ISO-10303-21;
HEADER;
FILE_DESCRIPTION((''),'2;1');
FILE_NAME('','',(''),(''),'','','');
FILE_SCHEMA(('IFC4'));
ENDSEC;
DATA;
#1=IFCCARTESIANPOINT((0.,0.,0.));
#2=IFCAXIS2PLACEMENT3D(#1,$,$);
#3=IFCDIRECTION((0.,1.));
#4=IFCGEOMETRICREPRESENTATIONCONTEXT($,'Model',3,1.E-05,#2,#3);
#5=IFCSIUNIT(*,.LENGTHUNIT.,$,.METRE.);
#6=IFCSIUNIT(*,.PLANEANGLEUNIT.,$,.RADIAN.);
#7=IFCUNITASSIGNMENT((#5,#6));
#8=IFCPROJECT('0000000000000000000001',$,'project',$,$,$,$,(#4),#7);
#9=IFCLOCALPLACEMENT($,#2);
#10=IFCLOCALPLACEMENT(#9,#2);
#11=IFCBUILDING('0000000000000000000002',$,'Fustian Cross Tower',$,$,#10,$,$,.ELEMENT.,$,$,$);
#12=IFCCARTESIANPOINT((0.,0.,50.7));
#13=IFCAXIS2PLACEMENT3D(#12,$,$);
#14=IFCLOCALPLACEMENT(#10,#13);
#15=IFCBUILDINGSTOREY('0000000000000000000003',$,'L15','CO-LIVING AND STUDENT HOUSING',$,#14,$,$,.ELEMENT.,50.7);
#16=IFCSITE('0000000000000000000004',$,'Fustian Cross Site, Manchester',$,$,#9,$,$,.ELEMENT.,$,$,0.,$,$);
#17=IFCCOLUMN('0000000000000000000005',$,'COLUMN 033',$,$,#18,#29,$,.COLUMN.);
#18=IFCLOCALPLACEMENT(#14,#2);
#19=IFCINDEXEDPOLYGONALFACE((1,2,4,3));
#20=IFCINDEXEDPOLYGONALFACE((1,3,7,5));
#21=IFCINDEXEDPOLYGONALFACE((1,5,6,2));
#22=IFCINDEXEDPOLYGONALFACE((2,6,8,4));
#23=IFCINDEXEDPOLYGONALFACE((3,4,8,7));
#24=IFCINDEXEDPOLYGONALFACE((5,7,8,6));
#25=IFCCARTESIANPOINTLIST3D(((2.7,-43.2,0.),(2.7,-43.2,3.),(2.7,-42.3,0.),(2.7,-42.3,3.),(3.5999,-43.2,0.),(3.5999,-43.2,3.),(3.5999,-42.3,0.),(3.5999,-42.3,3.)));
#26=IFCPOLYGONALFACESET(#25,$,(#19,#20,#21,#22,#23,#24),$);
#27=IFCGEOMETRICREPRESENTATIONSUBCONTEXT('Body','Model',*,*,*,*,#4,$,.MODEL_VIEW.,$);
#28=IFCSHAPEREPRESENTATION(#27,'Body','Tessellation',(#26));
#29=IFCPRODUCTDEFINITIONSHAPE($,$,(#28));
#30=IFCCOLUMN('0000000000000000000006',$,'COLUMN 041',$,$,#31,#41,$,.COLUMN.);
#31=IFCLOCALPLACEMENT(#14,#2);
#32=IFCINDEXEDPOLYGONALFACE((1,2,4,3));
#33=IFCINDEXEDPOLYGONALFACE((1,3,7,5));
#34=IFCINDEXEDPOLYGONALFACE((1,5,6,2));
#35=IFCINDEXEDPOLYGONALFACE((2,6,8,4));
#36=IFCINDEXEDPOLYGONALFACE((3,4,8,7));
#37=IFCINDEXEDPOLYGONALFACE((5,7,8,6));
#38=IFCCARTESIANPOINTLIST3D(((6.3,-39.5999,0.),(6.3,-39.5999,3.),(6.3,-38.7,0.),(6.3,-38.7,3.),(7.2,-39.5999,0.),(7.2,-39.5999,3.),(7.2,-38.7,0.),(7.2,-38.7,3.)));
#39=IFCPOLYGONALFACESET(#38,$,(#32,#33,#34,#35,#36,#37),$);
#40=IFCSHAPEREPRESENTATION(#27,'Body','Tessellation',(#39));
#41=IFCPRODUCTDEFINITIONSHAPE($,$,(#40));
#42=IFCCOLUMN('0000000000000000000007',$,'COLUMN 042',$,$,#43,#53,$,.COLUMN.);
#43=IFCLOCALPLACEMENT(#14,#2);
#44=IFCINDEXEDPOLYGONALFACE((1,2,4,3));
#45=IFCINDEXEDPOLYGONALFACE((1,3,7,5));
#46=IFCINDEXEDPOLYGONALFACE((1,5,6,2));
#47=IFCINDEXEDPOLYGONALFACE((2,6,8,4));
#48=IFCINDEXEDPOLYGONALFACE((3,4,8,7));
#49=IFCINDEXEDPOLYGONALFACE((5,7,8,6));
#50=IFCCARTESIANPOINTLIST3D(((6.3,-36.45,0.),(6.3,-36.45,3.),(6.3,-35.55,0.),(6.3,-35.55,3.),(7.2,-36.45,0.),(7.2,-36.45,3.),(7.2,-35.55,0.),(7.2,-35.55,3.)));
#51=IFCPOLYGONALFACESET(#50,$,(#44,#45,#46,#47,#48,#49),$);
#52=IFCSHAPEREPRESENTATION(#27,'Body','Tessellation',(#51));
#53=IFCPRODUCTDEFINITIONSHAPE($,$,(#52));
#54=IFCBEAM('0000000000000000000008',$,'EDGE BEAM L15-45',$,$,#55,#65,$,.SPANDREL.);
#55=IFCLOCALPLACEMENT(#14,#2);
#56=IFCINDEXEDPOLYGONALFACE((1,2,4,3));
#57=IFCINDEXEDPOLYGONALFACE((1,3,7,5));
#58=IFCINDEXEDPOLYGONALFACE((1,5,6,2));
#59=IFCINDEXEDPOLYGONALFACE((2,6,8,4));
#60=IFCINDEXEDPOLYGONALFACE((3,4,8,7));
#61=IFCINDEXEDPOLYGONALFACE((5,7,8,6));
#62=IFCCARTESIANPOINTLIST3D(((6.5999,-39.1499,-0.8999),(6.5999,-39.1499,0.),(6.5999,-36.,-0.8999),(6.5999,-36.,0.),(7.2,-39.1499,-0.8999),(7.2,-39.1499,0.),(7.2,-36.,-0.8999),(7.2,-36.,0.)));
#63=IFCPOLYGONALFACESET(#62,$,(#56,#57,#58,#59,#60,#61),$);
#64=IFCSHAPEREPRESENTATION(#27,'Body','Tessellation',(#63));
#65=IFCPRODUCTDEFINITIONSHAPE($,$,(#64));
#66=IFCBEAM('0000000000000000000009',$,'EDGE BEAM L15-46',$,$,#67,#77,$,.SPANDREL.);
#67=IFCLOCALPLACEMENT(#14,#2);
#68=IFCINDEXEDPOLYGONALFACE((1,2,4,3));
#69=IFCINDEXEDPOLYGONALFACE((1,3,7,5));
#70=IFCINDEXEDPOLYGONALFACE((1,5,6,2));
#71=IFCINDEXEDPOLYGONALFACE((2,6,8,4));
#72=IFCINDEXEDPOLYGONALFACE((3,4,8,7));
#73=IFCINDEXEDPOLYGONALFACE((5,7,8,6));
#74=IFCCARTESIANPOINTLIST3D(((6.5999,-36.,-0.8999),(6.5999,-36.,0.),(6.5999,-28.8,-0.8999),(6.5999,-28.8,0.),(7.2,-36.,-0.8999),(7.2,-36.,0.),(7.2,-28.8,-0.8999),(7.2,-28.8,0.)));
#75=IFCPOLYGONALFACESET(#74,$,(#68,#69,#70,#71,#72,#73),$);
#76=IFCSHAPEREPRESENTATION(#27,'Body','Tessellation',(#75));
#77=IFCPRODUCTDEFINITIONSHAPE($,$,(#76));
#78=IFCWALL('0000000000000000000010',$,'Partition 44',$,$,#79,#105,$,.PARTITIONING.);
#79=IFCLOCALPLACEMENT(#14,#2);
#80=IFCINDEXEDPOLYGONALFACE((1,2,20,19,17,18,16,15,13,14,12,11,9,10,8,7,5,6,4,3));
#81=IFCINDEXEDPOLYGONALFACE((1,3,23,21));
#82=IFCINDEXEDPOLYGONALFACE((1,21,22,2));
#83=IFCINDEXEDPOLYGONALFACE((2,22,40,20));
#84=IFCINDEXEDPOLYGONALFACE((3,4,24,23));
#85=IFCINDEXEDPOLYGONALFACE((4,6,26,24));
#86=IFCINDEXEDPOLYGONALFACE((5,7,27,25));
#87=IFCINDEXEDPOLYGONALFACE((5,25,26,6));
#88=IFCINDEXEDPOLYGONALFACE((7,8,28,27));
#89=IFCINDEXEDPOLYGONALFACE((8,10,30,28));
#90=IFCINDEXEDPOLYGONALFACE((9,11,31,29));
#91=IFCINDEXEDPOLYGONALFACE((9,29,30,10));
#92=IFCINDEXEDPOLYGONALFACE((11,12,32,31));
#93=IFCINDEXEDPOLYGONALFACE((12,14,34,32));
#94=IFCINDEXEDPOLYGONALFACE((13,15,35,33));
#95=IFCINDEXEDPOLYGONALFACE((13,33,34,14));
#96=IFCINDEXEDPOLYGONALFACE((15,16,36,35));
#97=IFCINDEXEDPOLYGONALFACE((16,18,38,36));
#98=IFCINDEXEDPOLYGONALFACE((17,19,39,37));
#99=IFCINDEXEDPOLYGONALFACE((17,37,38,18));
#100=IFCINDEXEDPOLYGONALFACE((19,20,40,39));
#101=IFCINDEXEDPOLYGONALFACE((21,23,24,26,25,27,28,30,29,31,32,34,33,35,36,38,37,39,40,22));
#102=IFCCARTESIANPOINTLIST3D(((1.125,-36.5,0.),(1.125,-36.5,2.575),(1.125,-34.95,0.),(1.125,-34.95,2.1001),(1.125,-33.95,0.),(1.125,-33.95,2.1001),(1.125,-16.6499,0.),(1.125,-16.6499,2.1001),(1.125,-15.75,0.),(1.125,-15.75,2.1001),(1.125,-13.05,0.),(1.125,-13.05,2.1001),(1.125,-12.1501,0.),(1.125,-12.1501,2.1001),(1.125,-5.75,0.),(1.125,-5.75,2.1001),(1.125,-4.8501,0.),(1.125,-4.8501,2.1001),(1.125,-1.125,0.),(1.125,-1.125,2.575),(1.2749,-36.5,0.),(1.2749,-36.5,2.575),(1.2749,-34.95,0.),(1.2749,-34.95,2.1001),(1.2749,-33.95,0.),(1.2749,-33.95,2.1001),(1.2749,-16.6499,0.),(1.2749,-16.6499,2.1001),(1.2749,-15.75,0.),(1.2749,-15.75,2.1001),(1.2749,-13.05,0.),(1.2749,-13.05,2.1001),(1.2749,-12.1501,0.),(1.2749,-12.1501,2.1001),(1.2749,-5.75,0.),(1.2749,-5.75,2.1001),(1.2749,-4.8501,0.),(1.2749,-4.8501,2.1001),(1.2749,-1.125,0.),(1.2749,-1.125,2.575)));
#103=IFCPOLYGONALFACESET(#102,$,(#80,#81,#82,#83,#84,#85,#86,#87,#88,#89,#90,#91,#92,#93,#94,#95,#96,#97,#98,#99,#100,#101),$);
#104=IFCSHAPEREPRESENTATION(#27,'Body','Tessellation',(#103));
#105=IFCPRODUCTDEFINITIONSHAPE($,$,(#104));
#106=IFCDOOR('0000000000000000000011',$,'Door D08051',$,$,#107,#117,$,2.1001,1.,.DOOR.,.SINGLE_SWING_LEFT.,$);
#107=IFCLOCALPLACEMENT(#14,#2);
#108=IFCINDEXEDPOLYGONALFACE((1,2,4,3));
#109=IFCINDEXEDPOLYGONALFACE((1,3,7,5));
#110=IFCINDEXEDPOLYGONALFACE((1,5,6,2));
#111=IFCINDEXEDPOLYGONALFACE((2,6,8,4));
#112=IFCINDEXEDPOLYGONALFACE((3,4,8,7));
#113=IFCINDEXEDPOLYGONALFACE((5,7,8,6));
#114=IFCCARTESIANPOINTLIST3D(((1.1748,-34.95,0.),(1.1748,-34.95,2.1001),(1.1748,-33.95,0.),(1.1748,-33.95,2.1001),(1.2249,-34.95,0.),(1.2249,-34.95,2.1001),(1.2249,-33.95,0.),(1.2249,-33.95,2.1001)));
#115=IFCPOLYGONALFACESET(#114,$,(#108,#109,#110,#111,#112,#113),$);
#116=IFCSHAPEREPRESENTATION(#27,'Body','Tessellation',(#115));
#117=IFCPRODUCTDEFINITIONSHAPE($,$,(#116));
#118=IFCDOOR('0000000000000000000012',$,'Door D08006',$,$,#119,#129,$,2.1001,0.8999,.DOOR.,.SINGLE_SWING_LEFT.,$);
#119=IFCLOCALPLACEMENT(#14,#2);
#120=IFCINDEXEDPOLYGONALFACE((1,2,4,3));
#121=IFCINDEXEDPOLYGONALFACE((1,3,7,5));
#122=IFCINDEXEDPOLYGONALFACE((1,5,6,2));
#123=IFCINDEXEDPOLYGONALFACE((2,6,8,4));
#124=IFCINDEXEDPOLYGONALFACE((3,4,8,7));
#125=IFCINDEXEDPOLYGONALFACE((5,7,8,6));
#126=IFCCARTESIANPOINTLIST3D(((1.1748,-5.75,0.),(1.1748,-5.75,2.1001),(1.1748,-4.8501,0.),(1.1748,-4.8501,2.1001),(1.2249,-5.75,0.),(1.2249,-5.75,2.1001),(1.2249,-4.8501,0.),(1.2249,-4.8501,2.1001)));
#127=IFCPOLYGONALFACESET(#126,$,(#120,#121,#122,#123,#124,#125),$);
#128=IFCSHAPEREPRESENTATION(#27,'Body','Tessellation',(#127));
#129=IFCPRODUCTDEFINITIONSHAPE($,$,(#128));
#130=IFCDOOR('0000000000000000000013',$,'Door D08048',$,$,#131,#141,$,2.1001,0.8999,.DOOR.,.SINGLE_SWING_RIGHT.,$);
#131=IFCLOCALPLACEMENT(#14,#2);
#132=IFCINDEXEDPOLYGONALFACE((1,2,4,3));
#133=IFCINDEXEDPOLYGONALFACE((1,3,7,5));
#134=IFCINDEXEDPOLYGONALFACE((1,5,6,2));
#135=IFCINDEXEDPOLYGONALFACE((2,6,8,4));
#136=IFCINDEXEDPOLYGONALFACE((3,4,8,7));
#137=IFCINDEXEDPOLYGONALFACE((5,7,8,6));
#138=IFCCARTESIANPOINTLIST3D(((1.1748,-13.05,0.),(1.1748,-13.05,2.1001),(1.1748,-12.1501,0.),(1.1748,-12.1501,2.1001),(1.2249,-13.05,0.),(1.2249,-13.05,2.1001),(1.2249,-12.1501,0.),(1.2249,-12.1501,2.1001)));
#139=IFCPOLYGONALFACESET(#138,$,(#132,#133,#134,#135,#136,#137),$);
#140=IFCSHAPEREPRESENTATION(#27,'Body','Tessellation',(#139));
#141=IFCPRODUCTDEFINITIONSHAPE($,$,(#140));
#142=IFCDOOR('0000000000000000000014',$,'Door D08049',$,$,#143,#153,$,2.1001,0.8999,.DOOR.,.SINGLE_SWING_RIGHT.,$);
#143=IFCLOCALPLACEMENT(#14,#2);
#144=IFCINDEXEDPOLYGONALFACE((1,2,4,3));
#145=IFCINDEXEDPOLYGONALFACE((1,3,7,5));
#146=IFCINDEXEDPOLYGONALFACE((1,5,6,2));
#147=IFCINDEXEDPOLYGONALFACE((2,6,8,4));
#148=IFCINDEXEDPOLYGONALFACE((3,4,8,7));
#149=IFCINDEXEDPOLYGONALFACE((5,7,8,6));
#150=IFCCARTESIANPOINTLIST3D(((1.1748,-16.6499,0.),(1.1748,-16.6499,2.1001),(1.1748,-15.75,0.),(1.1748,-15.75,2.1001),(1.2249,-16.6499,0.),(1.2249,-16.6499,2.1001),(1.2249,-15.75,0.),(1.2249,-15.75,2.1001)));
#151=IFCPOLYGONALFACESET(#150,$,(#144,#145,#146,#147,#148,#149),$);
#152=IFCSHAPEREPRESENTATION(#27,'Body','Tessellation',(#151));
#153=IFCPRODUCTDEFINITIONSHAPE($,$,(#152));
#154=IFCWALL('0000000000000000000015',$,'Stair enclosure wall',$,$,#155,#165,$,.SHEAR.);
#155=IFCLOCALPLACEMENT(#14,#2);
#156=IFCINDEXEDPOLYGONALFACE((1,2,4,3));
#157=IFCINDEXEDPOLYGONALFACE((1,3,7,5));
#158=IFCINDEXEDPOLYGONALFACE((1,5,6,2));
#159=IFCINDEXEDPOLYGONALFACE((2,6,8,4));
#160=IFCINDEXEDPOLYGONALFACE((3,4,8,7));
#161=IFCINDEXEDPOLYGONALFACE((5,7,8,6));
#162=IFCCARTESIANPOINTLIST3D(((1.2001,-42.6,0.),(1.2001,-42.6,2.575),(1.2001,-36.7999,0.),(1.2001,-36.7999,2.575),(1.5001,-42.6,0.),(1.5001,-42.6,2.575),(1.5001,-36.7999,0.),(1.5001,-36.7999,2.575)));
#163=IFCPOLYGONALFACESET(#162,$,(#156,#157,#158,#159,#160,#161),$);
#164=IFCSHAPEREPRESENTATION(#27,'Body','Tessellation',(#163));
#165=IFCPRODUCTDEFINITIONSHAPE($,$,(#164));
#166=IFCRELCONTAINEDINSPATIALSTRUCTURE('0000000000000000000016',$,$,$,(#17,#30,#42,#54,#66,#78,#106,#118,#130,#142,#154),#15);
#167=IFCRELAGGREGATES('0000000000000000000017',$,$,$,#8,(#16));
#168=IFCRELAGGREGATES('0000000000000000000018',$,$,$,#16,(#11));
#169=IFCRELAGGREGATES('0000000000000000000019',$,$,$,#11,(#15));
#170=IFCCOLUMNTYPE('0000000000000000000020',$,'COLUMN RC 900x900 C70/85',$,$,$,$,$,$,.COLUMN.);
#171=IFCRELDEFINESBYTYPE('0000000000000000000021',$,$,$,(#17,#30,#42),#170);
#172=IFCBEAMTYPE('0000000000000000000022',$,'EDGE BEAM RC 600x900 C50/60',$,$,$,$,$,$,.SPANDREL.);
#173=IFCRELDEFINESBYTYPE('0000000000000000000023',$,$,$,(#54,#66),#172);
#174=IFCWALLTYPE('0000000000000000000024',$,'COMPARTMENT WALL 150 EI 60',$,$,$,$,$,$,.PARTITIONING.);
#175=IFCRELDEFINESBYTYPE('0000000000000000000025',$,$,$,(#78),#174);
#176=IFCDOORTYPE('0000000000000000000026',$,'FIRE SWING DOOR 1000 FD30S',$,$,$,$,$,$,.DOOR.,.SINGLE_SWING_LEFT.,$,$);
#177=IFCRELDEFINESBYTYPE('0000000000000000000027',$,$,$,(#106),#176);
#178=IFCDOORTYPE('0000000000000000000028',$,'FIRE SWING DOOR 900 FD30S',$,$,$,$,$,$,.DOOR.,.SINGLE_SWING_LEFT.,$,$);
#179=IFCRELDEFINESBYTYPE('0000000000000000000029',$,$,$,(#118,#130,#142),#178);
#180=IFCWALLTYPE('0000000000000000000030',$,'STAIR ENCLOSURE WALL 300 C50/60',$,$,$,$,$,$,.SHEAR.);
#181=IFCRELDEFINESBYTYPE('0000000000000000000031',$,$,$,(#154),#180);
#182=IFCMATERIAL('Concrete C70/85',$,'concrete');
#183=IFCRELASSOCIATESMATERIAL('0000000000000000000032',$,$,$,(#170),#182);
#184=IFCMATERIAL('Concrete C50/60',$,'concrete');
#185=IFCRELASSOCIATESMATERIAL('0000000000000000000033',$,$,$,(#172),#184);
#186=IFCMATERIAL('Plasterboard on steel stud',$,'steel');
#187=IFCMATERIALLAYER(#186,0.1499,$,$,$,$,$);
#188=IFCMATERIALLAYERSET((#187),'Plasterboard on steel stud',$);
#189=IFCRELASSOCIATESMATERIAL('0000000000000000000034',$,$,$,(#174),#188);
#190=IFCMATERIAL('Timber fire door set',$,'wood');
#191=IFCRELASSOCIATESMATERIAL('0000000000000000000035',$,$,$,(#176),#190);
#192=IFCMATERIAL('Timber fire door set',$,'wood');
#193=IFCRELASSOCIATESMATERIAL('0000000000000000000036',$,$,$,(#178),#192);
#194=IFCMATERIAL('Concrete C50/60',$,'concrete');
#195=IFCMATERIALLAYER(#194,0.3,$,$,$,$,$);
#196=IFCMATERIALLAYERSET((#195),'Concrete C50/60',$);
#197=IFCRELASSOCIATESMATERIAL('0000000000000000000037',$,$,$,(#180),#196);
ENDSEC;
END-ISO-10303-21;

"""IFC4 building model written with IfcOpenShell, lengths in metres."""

from ifc_helpers import new_model, si_unit, direction, frame, frame_2d, origin, origin_2d, place, context, subcontext, project, spatial, rectangle, extrude, material, layer, layer_set, material_profile, profile_set, type_object, element, fill, save


model = new_model("IFC4")

# Units and contexts
model_context = context("Model", 3, precision=1e-05, world=origin(), true_north=direction((0.0, 1.0)))
body_context = subcontext(model_context, "Body", "Model", "MODEL_VIEW")
ifc_project = project(units=[si_unit("LENGTHUNIT", "METRE"), si_unit("PLANEANGLEUNIT", "RADIAN")], contexts=[model_context])

# Site, building, storey
site_placement = place(None, origin())
site = spatial("IfcSite", under=ifc_project, at=site_placement, Name="Fustian Cross Site, Manchester", CompositionType="ELEMENT", RefElevation=0.0)
building_placement = place(site_placement, origin())
building = spatial("IfcBuilding", under=site, at=building_placement, Name="Fustian Cross Tower", CompositionType="ELEMENT")
storey_placement = place(building_placement, frame((0.0, 0.0, 50.7)))
storey = spatial("IfcBuildingStorey", under=building, at=storey_placement, Name="L15", Description="CO-LIVING AND STUDENT HOUSING", CompositionType="ELEMENT", Elevation=50.7)

# Columns
ifc_material_1 = material(Name="Concrete C70/85", Category="concrete")
ifc_material_profile_1 = material_profile(ifc_material_1, rectangle(XDim=0.8999, YDim=0.8999, at=origin_2d()), Name="RC 900x900")
ifc_profile_set_1 = profile_set([ifc_material_profile_1], Name="Concrete C70/85")
column_type = type_object("IfcColumnType", Name="COLUMN RC 900x900 C70/85", PredefinedType="COLUMN", material=ifc_profile_set_1)
for number, where, z_axis, x_axis, name in (
    (1, (3.1499, -42.75, 0.0), (0.0, 0.0, 1.0), (1.0, 0.0, 0.0), "COLUMN 033"),
    (2, (6.75, -39.1499, 0.0), (0.0, 0.0, 1.0), (1.0, 0.0, 0.0), "COLUMN 041"),
    (3, (6.75, -36.0, 0.0), (0.0, 0.0, 1.0), (1.0, 0.0, 0.0), "COLUMN 042"),
):
    element("IfcColumn", number, at=place(storey_placement, frame(where, z_axis=z_axis, x_axis=x_axis)), inside=storey, type_object=column_type, Name=name, PredefinedType="COLUMN", context=body_context, shape_type="SweptSolid", body=[
        extrude(rectangle(XDim=0.8999, YDim=0.8999, at=origin_2d()), origin(), (0.0, 0.0, 1.0), 3.0),
    ])

# Beams
ifc_material_2 = material(Name="Concrete C50/60", Category="concrete")
ifc_material_profile_2 = material_profile(ifc_material_2, rectangle(XDim=0.6001, YDim=0.8999, at=origin_2d()), Name="RC 600x900")
ifc_profile_set_2 = profile_set([ifc_material_profile_2], Name="Concrete C50/60")
beam_type = type_object("IfcBeamType", Name="EDGE BEAM RC 600x900 C50/60", PredefinedType="SPANDREL", material=ifc_profile_set_2)
beam_1_placement = place(storey_placement, frame((6.8999, -39.1499, -0.45), z_axis=(0.0, 1.0, 0.0), x_axis=(-1.0, 0.0, 0.0)))
element("IfcBeam", 4, at=beam_1_placement, inside=storey, type_object=beam_type, Name="EDGE BEAM L15-45", PredefinedType="SPANDREL", context=body_context, shape_type="SweptSolid", body=[
    extrude(rectangle(XDim=0.6001, YDim=0.8999, at=origin_2d()), origin(), (0.0, 0.0, 1.0), 3.1499),
])
beam_2_placement = place(storey_placement, frame((6.8999, -36.0, -0.45), z_axis=(0.0, 1.0, 0.0), x_axis=(-1.0, 0.0, 0.0)))
element("IfcBeam", 5, at=beam_2_placement, inside=storey, type_object=beam_type, Name="EDGE BEAM L15-46", PredefinedType="SPANDREL", context=body_context, shape_type="SweptSolid", body=[
    extrude(rectangle(XDim=0.6001, YDim=0.8999, at=origin_2d()), origin(), (0.0, 0.0, 1.0), 7.2),
])

# Wall, openings, doors
ifc_material_3 = material(Name="Plasterboard on steel stud", Category="steel")
ifc_layer_1 = layer(ifc_material_3, 0.1499)
ifc_layer_set_1 = layer_set([ifc_layer_1], Name="Plasterboard on steel stud")
wall_type_1 = type_object("IfcWallType", Name="COMPARTMENT WALL 150 EI 60", PredefinedType="PARTITIONING", material=ifc_layer_set_1)
wall_1_placement = place(storey_placement, frame((1.2, -36.5, 0.0), z_axis=(0.0, 0.0, 1.0), x_axis=(0.0, 1.0, 0.0)))
wall_1 = element("IfcWall", 6, at=wall_1_placement, inside=storey, type_object=wall_type_1, Name="Partition 44", PredefinedType="PARTITIONING", context=body_context, shape_type="SweptSolid", body=[
    extrude(rectangle(XDim=35.375, YDim=0.1499, at=frame_2d((17.6875, 0.0))), origin(), (0.0, 0.0, 1.0), 2.575),
])
opening_1_placement = place(wall_1_placement, frame((30.75, 0.0, 0.0)))
opening_1 = element("IfcOpeningElement", 7, at=opening_1_placement, cuts=wall_1, PredefinedType="OPENING", context=body_context, shape_type="SweptSolid", body=[
    extrude(rectangle(XDim=0.8999, YDim=2.1001, at=frame_2d((0.45, 1.05))), frame((0.0, 0.085, 0.0), z_axis=(0.0, -1.0, 0.0), x_axis=(1.0, 0.0, 0.0)), (0.0, 0.0, 1.0), 0.1699),
])
opening_2_placement = place(wall_1_placement, frame((23.45, 0.0, 0.0)))
opening_2 = element("IfcOpeningElement", 8, at=opening_2_placement, cuts=wall_1, PredefinedType="OPENING", context=body_context, shape_type="SweptSolid", body=[
    extrude(rectangle(XDim=0.8999, YDim=2.1001, at=frame_2d((0.45, 1.05))), frame((0.0, 0.085, 0.0), z_axis=(0.0, -1.0, 0.0), x_axis=(1.0, 0.0, 0.0)), (0.0, 0.0, 1.0), 0.1699),
])
opening_3_placement = place(wall_1_placement, frame((19.8501, 0.0, 0.0)))
opening_3 = element("IfcOpeningElement", 9, at=opening_3_placement, cuts=wall_1, PredefinedType="OPENING", context=body_context, shape_type="SweptSolid", body=[
    extrude(rectangle(XDim=0.8999, YDim=2.1001, at=frame_2d((0.45, 1.05))), frame((0.0, 0.085, 0.0), z_axis=(0.0, -1.0, 0.0), x_axis=(1.0, 0.0, 0.0)), (0.0, 0.0, 1.0), 0.1699),
])
opening_4_placement = place(wall_1_placement, frame((1.55, 0.0, 0.0)))
opening_4 = element("IfcOpeningElement", 10, at=opening_4_placement, cuts=wall_1, PredefinedType="OPENING", context=body_context, shape_type="SweptSolid", body=[
    extrude(rectangle(XDim=1.0, YDim=2.1001, at=frame_2d((0.5, 1.05))), frame((0.0, 0.085, 0.0), z_axis=(0.0, -1.0, 0.0), x_axis=(1.0, 0.0, 0.0)), (0.0, 0.0, 1.0), 0.1699),
])
ifc_material_4 = material(Name="Timber fire door set", Category="wood")
door_type_1 = type_object("IfcDoorType", Name="FIRE SWING DOOR 1000 FD30S", OperationType="SINGLE_SWING_LEFT", PredefinedType="DOOR", material=ifc_material_4)
door_1_placement = place(opening_4_placement, frame((1.0, 0.0, 0.0), z_axis=(0.0, 0.0, 1.0), x_axis=(-1.0, 0.0, 0.0)))
door_1 = element("IfcDoor", 11, at=door_1_placement, inside=storey, type_object=door_type_1, Name="Door D08051", OperationType="SINGLE_SWING_LEFT", OverallHeight=2.1001, OverallWidth=1.0, PredefinedType="DOOR", context=body_context, shape_type="SweptSolid", body=[
    extrude(rectangle(XDim=1.0, YDim=2.1001, at=frame_2d((0.5, 1.05))), frame((0.0, 0.0249, 0.0), z_axis=(0.0, -1.0, 0.0), x_axis=(1.0, 0.0, 0.0)), (0.0, 0.0, 1.0), 0.05),
])
fill(opening_4, door_1)
ifc_material_5 = material(Name="Timber fire door set", Category="wood")
door_type_2 = type_object("IfcDoorType", Name="FIRE SWING DOOR 900 FD30S", OperationType="SINGLE_SWING_LEFT", PredefinedType="DOOR", material=ifc_material_5)
door_2_placement = place(opening_1_placement, frame((0.8999, 0.0, 0.0), z_axis=(0.0, 0.0, 1.0), x_axis=(-1.0, 0.0, 0.0)))
door_2 = element("IfcDoor", 12, at=door_2_placement, inside=storey, type_object=door_type_2, Name="Door D08006", OperationType="SINGLE_SWING_LEFT", OverallHeight=2.1001, OverallWidth=0.8999, PredefinedType="DOOR", context=body_context, shape_type="SweptSolid", body=[
    extrude(rectangle(XDim=0.8999, YDim=2.1001, at=frame_2d((0.45, 1.05))), frame((0.0, 0.0249, 0.0), z_axis=(0.0, -1.0, 0.0), x_axis=(1.0, 0.0, 0.0)), (0.0, 0.0, 1.0), 0.05),
])
fill(opening_1, door_2)
door_3_placement = place(opening_2_placement, frame((0.8999, 0.0, 0.0), z_axis=(0.0, 0.0, 1.0), x_axis=(-1.0, 0.0, 0.0)))
door_3 = element("IfcDoor", 13, at=door_3_placement, inside=storey, type_object=door_type_2, Name="Door D08048", OperationType="SINGLE_SWING_RIGHT", OverallHeight=2.1001, OverallWidth=0.8999, PredefinedType="DOOR", context=body_context, shape_type="SweptSolid", body=[
    extrude(rectangle(XDim=0.8999, YDim=2.1001, at=frame_2d((0.45, 1.05))), frame((0.0, 0.0249, 0.0), z_axis=(0.0, -1.0, 0.0), x_axis=(1.0, 0.0, 0.0)), (0.0, 0.0, 1.0), 0.05),
])
fill(opening_2, door_3)
door_4_placement = place(opening_3_placement, frame((0.8999, 0.0, 0.0), z_axis=(0.0, 0.0, 1.0), x_axis=(-1.0, 0.0, 0.0)))
door_4 = element("IfcDoor", 14, at=door_4_placement, inside=storey, type_object=door_type_2, Name="Door D08049", OperationType="SINGLE_SWING_RIGHT", OverallHeight=2.1001, OverallWidth=0.8999, PredefinedType="DOOR", context=body_context, shape_type="SweptSolid", body=[
    extrude(rectangle(XDim=0.8999, YDim=2.1001, at=frame_2d((0.45, 1.05))), frame((0.0, 0.0249, 0.0), z_axis=(0.0, -1.0, 0.0), x_axis=(1.0, 0.0, 0.0)), (0.0, 0.0, 1.0), 0.05),
])
fill(opening_3, door_4)

# Wall
ifc_material_6 = material(Name="Concrete C50/60", Category="concrete")
ifc_layer_2 = layer(ifc_material_6, 0.3)
ifc_layer_set_2 = layer_set([ifc_layer_2], Name="Concrete C50/60")
wall_type_2 = type_object("IfcWallType", Name="STAIR ENCLOSURE WALL 300 C50/60", PredefinedType="SHEAR", material=ifc_layer_set_2)
wall_2_placement = place(storey_placement, frame((1.3501, -36.8, 0.0), z_axis=(0.0, 0.0, 1.0), x_axis=(0.0, -1.0, 0.0)))
element("IfcWall", 15, at=wall_2_placement, inside=storey, type_object=wall_type_2, Name="Stair enclosure wall", PredefinedType="SHEAR", context=body_context, shape_type="SweptSolid", body=[
    extrude(rectangle(XDim=5.8, YDim=0.3, at=frame_2d((2.8999, 0.0))), origin(), (0.0, 0.0, 1.0), 2.575),
])

save(model, "model.ifc")
